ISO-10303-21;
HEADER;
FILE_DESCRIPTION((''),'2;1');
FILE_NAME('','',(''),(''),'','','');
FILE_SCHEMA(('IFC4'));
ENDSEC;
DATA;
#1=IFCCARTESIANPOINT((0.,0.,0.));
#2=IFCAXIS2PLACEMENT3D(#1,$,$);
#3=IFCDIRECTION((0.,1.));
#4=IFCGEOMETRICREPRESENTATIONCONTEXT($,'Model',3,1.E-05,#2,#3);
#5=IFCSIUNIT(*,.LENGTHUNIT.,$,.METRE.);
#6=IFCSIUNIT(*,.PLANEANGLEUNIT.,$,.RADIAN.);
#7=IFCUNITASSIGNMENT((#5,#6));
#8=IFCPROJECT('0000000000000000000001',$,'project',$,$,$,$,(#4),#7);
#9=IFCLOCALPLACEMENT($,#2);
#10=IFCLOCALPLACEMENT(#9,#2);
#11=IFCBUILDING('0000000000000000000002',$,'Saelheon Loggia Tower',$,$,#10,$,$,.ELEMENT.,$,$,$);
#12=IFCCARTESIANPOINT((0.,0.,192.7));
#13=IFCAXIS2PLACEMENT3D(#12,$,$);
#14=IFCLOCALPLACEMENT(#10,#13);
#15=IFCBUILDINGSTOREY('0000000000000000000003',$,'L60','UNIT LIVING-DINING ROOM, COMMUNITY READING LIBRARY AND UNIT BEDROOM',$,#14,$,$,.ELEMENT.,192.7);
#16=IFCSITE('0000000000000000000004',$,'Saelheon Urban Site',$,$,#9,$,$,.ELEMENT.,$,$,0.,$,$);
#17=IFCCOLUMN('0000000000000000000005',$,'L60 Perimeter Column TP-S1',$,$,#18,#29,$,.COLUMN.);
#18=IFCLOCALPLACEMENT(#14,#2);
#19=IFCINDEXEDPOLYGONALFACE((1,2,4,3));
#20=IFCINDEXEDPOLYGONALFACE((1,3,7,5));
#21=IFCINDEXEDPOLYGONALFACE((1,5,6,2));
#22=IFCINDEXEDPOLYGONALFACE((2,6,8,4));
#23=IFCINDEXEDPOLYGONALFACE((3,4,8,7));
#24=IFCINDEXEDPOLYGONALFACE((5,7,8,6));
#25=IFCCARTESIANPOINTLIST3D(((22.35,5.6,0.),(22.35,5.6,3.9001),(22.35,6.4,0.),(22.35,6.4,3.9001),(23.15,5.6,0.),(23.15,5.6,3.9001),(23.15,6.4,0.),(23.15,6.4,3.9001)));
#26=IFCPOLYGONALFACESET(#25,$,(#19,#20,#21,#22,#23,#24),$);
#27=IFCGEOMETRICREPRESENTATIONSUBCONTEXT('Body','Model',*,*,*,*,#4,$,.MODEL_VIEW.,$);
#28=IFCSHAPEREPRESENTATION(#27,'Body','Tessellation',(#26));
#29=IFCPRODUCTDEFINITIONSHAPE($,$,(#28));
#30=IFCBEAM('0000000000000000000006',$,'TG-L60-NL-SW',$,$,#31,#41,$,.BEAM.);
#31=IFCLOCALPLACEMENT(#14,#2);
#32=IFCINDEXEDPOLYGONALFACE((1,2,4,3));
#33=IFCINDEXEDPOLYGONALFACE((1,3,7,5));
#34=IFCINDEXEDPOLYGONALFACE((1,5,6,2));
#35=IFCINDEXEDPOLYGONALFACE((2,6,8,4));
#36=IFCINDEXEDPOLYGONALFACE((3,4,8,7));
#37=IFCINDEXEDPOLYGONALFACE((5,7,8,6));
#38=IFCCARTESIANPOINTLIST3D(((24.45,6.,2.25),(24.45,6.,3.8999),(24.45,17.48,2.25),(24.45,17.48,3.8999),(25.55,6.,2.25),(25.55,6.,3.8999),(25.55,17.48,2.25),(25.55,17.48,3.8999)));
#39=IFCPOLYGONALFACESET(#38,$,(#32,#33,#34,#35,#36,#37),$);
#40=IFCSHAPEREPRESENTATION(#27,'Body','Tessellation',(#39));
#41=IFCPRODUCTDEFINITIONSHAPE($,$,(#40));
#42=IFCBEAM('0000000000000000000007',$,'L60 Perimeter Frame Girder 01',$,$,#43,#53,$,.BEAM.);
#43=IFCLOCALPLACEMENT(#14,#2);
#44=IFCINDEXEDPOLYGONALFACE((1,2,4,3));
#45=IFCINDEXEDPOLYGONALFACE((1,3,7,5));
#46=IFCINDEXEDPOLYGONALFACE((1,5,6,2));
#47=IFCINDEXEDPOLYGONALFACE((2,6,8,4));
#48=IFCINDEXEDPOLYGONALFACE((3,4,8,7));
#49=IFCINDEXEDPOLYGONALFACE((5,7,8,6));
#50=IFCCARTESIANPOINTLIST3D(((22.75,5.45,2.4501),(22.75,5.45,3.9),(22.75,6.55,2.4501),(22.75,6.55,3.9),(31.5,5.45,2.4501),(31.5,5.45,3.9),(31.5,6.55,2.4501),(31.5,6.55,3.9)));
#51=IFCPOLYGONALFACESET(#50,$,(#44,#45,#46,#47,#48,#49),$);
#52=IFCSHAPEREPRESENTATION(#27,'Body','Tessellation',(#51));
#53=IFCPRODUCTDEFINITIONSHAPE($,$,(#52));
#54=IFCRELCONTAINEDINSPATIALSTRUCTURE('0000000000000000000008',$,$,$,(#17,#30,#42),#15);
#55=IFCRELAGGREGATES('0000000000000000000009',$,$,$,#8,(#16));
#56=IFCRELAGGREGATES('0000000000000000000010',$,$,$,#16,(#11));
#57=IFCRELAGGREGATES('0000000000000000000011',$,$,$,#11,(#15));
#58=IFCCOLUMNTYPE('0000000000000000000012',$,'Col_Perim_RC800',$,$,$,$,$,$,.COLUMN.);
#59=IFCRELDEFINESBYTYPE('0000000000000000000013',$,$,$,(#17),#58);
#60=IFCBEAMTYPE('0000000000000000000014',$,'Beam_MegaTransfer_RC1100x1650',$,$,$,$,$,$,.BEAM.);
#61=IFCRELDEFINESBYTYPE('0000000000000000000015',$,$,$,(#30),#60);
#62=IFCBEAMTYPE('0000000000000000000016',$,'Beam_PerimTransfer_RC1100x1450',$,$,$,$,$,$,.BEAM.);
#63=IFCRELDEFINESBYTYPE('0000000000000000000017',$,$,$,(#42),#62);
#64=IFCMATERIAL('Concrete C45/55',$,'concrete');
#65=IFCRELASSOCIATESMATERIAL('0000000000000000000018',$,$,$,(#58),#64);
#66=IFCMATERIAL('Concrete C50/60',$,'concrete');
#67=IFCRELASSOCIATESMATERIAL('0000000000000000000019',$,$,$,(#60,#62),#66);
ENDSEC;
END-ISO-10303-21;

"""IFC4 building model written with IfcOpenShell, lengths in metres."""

from ifc_helpers import new_model, si_unit, direction, frame, origin, origin_2d, place, context, subcontext, project, spatial, rectangle, extrude, source, transform, mapped, material, material_profile, profile_set, type_object, element, save


model = new_model("IFC4")

# Units and contexts
model_context = context("Model", 3, precision=1e-05, world=origin(), true_north=direction((0.0, 1.0)))
body_context = subcontext(model_context, "Body", "Model", "MODEL_VIEW")
ifc_project = project(units=[si_unit("LENGTHUNIT", "METRE"), si_unit("PLANEANGLEUNIT", "RADIAN")], contexts=[model_context])

# Site, building, storey
site_placement = place(None, origin())
site = spatial("IfcSite", under=ifc_project, at=site_placement, Name="Saelheon Urban Site", CompositionType="ELEMENT", RefElevation=0.0)
building_placement = place(site_placement, origin())
building = spatial("IfcBuilding", under=site, at=building_placement, Name="Saelheon Loggia Tower", CompositionType="ELEMENT")
storey_placement = place(building_placement, frame((0.0, 0.0, 192.7)))
storey = spatial("IfcBuildingStorey", under=building, at=storey_placement, Name="L60", Description="UNIT LIVING-DINING ROOM, COMMUNITY READING LIBRARY AND UNIT BEDROOM", CompositionType="ELEMENT", Elevation=192.7)

# Column
ifc_material_1 = material(Name="Concrete C45/55", Category="concrete")
ifc_material_profile_1 = material_profile(ifc_material_1, rectangle(XDim=0.8, YDim=0.8, at=origin_2d()), Name="RC-800x800")
ifc_profile_set_1 = profile_set([ifc_material_profile_1], Name="Concrete C45/55")
column_type = type_object("IfcColumnType", Name="Col_Perim_RC800", PredefinedType="COLUMN", material=ifc_profile_set_1)
shared_shape_1 = source(origin(), body_context, "Body", "SweptSolid", [
    extrude(rectangle(XDim=0.8, YDim=0.8, at=origin_2d()), origin(), (0.0, 0.0, 1.0), 3.9001),
])
column_placement = place(storey_placement, frame((22.75, 6.0, 0.0), z_axis=(0.0, 0.0, 1.0), x_axis=(1.0, 0.0, 0.0)))
element("IfcColumn", 1, at=column_placement, inside=storey, type_object=column_type, Name="L60 Perimeter Column TP-S1", PredefinedType="COLUMN", context=body_context, shape_type="MappedRepresentation", body=[
    mapped(shared_shape_1, transform((0.0, 0.0, 0.0), scale=1.0)),
])

# Beams
ifc_material_2 = material(Name="Concrete C50/60", Category="concrete")
ifc_material_profile_2 = material_profile(ifc_material_2, rectangle(XDim=1.1001, YDim=1.6499, at=origin_2d()), Name="RC-1100x1650")
ifc_profile_set_2 = profile_set([ifc_material_profile_2], Name="Concrete C50/60")
beam_type_1 = type_object("IfcBeamType", Name="Beam_MegaTransfer_RC1100x1650", PredefinedType="BEAM", material=ifc_profile_set_2)
shared_shape_2 = source(origin(), body_context, "Body", "SweptSolid", [
    extrude(rectangle(XDim=1.1001, YDim=1.6499, at=origin_2d()), origin(), (0.0, 0.0, 1.0), 11.48),
])
beam_1_placement = place(storey_placement, frame((25.0, 6.0, 3.075), z_axis=(0.0, 1.0, 0.0), x_axis=(-1.0, 0.0, 0.0)))
element("IfcBeam", 2, at=beam_1_placement, inside=storey, type_object=beam_type_1, Name="TG-L60-NL-SW", PredefinedType="BEAM", context=body_context, shape_type="MappedRepresentation", body=[
    mapped(shared_shape_2, transform((0.0, 0.0, 0.0), scale=1.0)),
])
ifc_material_profile_3 = material_profile(ifc_material_2, rectangle(XDim=1.1001, YDim=1.45, at=origin_2d()), Name="RC-1100x1450")
ifc_profile_set_3 = profile_set([ifc_material_profile_3], Name="Concrete C50/60")
beam_type_2 = type_object("IfcBeamType", Name="Beam_PerimTransfer_RC1100x1450", PredefinedType="BEAM", material=ifc_profile_set_3)
shared_shape_3 = source(origin(), body_context, "Body", "SweptSolid", [
    extrude(rectangle(XDim=1.1001, YDim=1.45, at=origin_2d()), origin(), (0.0, 0.0, 1.0), 8.75),
])
beam_2_placement = place(storey_placement, frame((22.75, 6.0, 3.175), z_axis=(1.0, 0.0, 0.0), x_axis=(0.0, 1.0, 0.0)))
element("IfcBeam", 3, at=beam_2_placement, inside=storey, type_object=beam_type_2, Name="L60 Perimeter Frame Girder 01", PredefinedType="BEAM", context=body_context, shape_type="MappedRepresentation", body=[
    mapped(shared_shape_3, transform((0.0, 0.0, 0.0), scale=1.0)),
])

save(model, "model.ifc")
